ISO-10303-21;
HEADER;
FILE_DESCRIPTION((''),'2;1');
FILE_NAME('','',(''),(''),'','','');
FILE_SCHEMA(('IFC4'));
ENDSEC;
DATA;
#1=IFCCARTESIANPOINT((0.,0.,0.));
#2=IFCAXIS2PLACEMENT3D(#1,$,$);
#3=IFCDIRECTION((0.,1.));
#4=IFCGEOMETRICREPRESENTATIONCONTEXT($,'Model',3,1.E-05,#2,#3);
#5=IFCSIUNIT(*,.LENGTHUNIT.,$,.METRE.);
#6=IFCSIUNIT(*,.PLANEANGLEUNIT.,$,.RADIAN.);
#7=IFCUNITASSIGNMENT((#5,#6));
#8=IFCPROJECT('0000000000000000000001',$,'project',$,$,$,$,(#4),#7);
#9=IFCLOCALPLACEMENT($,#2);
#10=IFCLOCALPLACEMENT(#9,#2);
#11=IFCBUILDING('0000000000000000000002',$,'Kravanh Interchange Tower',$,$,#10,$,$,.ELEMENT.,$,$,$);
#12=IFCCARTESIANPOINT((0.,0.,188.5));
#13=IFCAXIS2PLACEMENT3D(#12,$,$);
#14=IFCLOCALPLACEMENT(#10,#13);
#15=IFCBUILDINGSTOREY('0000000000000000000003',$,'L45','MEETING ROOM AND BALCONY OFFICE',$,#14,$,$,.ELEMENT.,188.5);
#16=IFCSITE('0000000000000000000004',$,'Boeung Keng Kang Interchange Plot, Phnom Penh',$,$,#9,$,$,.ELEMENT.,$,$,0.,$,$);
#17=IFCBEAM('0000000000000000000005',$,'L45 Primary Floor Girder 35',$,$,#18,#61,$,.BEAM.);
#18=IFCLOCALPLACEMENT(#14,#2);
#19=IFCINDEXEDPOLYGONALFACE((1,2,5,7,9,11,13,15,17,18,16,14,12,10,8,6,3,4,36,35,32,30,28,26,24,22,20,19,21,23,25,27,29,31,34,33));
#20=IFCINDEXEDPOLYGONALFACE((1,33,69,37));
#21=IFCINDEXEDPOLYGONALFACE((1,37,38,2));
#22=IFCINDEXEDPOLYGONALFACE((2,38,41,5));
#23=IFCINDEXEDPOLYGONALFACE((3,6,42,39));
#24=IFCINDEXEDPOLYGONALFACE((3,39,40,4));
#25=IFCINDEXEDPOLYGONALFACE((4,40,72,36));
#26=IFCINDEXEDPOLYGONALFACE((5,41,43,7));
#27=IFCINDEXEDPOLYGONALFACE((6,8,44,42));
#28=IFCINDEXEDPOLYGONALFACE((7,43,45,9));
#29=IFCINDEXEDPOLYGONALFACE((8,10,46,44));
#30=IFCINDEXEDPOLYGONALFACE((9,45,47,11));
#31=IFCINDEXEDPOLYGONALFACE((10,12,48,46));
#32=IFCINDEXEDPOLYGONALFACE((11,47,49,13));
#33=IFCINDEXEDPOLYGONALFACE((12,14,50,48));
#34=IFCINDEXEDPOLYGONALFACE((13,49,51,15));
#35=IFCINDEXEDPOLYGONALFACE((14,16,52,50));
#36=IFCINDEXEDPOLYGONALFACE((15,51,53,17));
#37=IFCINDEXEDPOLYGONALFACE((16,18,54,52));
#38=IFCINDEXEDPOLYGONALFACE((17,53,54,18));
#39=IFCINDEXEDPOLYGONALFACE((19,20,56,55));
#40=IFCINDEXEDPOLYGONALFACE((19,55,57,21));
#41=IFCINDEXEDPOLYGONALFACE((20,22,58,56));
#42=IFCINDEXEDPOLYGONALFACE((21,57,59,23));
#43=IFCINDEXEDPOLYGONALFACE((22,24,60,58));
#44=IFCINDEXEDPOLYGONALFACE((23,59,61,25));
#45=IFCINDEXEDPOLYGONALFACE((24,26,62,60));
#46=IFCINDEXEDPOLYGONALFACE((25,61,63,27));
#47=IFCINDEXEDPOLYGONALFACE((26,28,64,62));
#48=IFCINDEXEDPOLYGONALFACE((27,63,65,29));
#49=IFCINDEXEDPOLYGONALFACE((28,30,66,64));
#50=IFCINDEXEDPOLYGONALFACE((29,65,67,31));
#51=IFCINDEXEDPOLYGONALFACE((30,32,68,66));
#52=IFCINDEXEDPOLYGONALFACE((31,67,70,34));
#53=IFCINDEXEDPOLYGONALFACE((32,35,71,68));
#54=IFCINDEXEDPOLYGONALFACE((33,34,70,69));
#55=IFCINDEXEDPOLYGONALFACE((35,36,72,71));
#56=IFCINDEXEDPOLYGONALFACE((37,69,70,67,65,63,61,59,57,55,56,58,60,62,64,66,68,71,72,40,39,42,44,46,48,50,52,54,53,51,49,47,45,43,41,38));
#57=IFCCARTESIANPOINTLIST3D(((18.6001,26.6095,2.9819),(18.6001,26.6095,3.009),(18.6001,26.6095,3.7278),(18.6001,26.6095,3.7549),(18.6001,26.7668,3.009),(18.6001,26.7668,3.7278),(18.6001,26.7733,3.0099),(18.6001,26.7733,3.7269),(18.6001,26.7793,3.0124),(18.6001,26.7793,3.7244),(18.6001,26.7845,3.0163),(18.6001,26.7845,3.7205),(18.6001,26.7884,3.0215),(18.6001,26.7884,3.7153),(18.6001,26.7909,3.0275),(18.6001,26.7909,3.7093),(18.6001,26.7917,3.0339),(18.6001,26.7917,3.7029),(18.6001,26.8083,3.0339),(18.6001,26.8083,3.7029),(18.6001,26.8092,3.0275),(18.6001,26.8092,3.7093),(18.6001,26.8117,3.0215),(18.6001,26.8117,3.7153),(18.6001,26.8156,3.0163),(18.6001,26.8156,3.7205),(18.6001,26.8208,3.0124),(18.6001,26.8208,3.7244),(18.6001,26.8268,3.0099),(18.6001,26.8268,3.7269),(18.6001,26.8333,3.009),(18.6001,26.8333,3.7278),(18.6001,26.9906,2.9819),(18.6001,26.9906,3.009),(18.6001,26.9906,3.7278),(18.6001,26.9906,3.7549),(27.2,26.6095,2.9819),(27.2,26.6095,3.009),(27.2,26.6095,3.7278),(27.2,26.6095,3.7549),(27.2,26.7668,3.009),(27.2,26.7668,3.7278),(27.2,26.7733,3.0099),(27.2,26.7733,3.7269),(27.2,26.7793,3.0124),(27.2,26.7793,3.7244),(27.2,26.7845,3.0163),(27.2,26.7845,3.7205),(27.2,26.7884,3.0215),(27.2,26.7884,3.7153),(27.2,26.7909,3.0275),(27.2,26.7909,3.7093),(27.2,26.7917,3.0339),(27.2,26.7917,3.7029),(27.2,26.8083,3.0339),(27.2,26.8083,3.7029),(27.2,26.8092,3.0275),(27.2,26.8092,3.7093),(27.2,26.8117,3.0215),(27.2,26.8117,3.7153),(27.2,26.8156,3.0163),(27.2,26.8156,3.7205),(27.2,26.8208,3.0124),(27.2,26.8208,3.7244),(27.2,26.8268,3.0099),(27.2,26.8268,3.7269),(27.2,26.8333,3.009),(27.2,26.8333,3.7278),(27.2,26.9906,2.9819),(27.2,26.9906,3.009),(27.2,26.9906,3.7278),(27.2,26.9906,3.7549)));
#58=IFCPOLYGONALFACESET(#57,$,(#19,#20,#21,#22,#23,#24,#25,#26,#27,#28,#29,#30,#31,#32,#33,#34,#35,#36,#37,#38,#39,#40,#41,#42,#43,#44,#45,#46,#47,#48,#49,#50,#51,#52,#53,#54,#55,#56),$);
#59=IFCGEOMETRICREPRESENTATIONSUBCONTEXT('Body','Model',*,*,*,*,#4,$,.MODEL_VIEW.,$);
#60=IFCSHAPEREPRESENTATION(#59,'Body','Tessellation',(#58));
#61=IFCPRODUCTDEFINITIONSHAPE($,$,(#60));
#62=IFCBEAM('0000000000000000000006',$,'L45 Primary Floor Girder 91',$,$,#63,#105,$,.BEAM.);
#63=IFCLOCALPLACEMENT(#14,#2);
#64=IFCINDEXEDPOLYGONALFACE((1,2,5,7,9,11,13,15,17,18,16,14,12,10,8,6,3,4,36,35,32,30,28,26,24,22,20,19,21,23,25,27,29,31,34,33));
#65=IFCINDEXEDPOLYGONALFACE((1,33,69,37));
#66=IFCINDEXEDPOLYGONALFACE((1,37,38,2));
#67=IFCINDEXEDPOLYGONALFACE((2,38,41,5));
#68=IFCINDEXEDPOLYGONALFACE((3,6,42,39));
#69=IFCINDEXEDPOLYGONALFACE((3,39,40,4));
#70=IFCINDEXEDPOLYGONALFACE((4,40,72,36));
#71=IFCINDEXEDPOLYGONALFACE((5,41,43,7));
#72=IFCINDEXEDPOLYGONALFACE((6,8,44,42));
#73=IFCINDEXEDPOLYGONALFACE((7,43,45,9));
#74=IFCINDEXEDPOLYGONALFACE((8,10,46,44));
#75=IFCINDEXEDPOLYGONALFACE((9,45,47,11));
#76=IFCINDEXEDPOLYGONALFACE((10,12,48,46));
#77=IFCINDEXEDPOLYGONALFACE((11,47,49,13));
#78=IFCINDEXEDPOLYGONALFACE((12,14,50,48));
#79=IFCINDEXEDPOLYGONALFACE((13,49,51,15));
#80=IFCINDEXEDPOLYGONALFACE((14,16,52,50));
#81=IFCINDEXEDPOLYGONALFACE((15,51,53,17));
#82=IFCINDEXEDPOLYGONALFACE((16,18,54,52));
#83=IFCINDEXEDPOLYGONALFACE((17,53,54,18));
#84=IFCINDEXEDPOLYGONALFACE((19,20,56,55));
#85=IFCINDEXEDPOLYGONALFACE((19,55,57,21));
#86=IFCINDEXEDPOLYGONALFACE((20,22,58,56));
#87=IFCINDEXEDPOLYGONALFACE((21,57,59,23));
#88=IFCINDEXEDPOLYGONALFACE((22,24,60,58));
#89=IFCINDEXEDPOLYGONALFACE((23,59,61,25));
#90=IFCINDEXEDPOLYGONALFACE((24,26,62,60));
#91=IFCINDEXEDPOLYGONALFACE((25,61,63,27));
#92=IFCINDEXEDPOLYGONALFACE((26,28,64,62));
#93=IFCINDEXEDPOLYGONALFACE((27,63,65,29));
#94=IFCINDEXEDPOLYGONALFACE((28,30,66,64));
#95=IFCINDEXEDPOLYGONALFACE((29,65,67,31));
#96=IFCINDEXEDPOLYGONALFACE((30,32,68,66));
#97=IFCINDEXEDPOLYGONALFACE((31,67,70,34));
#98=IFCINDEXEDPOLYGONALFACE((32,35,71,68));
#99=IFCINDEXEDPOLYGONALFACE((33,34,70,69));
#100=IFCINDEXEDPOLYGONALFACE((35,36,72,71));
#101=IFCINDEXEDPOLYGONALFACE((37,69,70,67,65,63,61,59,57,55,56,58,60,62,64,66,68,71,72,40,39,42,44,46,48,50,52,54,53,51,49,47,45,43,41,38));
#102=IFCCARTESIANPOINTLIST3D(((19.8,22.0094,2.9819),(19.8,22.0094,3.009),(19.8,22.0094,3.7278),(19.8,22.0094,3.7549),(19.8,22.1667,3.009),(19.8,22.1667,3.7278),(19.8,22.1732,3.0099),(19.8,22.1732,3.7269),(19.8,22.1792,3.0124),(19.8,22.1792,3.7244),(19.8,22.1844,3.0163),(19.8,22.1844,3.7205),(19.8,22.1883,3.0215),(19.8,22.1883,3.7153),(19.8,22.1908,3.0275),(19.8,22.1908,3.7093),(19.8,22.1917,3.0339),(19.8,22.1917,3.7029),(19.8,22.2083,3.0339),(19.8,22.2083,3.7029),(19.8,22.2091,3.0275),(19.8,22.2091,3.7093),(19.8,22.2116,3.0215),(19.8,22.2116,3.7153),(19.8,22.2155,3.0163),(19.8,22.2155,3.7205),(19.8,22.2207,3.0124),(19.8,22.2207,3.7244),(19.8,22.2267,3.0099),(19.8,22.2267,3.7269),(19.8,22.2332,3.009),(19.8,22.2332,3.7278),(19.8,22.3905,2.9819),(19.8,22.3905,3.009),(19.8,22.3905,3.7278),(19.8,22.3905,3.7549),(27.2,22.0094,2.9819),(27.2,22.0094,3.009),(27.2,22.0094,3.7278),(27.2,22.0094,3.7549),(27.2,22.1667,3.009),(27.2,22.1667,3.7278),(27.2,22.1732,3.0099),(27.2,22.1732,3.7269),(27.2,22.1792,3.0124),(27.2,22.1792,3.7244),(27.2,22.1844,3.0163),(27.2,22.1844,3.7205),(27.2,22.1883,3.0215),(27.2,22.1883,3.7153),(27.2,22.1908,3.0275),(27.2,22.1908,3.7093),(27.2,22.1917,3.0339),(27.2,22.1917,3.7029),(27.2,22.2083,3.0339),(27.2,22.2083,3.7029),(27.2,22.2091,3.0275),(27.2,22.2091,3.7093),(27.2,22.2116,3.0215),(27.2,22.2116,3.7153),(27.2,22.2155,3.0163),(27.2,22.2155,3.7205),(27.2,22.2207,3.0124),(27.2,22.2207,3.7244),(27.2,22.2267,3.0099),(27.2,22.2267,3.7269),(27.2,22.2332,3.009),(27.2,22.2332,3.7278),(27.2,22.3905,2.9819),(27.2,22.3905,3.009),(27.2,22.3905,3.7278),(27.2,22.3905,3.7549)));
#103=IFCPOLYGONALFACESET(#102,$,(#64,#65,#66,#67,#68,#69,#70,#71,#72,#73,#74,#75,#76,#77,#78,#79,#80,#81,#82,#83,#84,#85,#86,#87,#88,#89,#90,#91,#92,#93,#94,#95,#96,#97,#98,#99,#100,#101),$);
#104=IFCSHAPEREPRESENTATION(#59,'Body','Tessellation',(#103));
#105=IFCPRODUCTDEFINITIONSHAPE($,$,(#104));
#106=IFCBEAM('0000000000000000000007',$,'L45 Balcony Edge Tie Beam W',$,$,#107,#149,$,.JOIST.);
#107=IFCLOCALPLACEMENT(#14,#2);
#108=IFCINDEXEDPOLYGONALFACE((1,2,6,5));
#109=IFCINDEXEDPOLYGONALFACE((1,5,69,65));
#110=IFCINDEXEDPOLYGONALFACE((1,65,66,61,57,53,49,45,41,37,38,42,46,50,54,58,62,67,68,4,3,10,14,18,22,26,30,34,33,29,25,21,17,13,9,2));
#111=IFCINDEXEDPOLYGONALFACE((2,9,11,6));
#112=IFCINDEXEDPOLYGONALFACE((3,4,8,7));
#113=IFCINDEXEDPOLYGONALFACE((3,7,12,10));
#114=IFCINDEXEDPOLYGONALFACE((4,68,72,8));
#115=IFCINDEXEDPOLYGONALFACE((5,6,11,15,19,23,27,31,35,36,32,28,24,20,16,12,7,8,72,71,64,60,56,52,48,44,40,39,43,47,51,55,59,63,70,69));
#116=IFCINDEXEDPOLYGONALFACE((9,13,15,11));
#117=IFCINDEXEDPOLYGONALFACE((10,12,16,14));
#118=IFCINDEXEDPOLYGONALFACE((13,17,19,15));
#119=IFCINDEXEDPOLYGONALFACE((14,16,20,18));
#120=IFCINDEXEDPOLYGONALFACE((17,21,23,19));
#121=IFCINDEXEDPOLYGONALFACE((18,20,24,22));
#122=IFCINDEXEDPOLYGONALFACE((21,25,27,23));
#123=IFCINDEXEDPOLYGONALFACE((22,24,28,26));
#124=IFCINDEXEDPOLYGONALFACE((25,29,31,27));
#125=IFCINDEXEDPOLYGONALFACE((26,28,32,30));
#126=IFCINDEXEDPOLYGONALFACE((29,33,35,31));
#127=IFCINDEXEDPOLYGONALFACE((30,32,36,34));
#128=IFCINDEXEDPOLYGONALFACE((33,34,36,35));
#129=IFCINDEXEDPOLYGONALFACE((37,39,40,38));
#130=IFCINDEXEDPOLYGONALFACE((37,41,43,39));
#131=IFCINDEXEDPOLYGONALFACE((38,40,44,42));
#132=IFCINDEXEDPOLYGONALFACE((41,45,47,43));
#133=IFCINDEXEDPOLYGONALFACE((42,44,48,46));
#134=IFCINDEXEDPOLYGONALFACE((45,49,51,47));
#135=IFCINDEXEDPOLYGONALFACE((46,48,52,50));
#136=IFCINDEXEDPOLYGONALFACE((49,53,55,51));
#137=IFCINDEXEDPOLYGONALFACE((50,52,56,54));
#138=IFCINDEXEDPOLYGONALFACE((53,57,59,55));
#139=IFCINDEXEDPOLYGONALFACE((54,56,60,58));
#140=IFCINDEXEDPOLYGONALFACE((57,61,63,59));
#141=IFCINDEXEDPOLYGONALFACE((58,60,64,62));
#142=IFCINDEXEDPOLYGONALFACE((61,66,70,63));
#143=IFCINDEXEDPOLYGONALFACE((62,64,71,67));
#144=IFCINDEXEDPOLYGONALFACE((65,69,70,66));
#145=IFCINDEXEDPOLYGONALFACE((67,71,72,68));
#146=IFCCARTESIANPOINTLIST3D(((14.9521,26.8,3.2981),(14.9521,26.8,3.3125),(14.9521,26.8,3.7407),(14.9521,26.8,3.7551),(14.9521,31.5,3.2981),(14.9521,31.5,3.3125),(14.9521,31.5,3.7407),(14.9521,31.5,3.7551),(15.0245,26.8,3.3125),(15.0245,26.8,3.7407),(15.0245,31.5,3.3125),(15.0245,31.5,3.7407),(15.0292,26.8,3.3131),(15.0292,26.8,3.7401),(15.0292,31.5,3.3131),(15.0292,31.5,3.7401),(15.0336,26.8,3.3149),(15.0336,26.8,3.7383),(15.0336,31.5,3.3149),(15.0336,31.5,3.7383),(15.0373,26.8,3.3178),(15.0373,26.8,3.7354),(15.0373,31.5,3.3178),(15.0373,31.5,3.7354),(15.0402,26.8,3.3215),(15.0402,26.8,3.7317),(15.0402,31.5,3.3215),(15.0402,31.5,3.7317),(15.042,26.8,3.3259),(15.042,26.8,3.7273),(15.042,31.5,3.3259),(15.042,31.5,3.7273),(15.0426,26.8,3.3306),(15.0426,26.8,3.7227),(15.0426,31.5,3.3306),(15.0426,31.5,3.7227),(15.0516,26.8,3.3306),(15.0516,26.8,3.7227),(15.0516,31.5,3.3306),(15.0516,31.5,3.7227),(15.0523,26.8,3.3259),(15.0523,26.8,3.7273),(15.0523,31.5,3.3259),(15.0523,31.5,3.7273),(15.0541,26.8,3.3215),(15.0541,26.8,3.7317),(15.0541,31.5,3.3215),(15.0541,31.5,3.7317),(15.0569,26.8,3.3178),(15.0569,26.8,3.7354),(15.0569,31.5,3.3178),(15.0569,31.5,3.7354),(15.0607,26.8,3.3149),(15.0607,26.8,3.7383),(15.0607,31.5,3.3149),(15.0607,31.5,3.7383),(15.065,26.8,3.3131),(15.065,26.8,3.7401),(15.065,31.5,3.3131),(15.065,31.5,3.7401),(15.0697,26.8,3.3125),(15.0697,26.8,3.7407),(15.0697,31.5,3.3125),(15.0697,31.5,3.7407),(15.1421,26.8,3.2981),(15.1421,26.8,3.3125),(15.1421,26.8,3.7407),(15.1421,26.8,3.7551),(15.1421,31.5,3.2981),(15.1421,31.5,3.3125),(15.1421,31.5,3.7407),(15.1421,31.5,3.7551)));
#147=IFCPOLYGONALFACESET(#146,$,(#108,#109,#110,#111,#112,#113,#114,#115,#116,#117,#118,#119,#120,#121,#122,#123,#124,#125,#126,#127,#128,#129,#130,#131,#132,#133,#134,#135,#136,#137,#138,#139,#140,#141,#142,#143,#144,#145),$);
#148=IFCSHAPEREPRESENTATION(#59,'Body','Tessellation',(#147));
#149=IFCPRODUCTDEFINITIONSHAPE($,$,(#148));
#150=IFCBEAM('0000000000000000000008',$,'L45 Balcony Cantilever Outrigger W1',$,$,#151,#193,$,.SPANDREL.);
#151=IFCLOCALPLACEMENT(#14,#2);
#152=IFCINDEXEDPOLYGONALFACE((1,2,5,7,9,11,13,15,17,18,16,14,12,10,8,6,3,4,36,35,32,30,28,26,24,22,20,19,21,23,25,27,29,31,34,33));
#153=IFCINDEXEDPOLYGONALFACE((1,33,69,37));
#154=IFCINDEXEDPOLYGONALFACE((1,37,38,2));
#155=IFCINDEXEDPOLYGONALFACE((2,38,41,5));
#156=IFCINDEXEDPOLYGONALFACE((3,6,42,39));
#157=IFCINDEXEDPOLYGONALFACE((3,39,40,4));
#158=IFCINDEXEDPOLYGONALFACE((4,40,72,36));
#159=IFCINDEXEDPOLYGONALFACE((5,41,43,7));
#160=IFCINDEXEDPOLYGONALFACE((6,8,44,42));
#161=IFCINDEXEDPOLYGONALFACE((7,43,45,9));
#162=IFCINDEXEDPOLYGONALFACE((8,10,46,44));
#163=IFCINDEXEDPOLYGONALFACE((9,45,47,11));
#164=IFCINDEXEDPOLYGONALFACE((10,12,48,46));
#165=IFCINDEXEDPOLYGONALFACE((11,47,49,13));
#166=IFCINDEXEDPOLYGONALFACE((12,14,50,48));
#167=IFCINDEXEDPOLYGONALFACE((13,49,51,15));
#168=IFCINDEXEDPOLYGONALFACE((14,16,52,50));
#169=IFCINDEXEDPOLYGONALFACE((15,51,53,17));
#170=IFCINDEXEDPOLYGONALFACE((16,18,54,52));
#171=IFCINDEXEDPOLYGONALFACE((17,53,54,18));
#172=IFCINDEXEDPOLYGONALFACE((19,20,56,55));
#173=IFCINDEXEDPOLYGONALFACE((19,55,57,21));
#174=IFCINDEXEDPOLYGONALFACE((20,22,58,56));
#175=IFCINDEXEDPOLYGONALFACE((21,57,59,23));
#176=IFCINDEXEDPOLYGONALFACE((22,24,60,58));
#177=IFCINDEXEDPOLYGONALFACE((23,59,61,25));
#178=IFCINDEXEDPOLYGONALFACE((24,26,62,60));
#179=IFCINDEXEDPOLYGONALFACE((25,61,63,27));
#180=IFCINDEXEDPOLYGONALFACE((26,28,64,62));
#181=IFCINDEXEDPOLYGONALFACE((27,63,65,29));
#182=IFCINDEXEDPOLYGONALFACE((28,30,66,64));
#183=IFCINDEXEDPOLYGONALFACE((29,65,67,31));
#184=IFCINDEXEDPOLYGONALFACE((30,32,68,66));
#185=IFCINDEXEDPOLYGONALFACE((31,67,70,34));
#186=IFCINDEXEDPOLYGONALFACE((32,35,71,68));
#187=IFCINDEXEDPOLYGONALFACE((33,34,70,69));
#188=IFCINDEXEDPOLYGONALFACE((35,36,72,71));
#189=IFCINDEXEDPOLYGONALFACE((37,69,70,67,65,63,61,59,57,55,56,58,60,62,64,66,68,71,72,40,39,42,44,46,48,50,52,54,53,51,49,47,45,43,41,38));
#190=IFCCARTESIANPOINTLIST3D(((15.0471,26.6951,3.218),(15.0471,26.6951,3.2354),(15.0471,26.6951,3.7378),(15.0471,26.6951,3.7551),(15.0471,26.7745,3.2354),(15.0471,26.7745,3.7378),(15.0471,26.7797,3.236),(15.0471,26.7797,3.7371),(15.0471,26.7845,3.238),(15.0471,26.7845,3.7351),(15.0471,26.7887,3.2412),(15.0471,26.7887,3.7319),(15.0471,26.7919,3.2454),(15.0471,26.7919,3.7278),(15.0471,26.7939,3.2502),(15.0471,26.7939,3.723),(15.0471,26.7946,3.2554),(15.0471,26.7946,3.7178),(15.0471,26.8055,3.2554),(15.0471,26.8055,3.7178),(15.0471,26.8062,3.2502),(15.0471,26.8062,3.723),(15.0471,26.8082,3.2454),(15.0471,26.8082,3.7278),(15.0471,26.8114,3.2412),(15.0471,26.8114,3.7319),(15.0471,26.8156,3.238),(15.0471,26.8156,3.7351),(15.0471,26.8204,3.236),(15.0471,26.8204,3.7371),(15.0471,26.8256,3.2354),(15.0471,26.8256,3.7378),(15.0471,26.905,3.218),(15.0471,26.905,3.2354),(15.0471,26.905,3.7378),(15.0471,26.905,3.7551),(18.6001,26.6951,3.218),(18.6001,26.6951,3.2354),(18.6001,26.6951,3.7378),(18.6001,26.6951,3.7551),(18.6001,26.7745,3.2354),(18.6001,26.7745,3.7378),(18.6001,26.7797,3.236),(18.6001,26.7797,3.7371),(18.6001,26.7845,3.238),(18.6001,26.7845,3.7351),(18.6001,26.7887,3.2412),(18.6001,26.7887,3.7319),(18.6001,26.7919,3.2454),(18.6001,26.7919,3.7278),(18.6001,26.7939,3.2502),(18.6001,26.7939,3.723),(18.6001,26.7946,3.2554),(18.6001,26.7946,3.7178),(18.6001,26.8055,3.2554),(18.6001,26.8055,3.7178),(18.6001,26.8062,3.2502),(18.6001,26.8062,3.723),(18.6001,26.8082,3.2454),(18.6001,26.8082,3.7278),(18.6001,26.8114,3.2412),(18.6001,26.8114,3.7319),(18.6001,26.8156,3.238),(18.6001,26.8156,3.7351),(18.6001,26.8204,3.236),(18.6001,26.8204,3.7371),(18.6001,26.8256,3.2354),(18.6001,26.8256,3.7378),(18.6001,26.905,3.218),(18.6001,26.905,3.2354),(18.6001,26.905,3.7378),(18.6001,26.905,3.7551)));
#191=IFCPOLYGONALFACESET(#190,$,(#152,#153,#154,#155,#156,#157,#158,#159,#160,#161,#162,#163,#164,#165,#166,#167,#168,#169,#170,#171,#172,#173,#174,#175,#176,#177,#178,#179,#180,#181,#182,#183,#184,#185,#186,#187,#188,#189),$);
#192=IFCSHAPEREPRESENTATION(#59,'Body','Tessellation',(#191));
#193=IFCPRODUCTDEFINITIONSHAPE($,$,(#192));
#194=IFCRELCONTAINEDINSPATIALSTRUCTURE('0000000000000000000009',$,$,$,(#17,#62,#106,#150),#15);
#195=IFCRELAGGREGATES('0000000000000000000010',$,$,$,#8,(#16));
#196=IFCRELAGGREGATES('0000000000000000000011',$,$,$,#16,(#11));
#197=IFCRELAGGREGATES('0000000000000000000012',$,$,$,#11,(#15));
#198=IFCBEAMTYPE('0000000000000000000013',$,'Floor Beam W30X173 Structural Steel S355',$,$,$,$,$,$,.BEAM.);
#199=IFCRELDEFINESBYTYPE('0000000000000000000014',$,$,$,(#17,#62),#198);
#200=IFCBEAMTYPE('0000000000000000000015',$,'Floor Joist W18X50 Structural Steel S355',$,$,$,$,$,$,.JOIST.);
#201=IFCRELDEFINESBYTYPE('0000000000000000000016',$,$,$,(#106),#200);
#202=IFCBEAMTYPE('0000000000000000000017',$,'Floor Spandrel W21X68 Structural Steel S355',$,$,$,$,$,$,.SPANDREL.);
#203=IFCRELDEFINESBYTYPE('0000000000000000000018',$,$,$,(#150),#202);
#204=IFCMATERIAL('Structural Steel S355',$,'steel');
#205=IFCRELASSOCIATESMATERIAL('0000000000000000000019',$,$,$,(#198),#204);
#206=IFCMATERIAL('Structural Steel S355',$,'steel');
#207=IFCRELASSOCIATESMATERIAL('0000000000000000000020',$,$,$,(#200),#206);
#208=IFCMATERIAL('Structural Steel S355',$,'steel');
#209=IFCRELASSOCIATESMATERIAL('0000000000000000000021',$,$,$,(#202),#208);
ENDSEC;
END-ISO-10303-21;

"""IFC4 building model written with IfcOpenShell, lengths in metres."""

from ifc_helpers import new_model, si_unit, direction, frame, origin, origin_2d, place, context, subcontext, project, spatial, i_section, extrude, material, material_profile, profile_set, type_object, element, save


model = new_model("IFC4")

# Units and contexts
model_context = context("Model", 3, precision=1e-05, world=origin(), true_north=direction((0.0, 1.0)))
body_context = subcontext(model_context, "Body", "Model", "MODEL_VIEW")
ifc_project = project(units=[si_unit("LENGTHUNIT", "METRE"), si_unit("PLANEANGLEUNIT", "RADIAN")], contexts=[model_context])

# Site, building, storey
site_placement = place(None, origin())
site = spatial("IfcSite", under=ifc_project, at=site_placement, Name="Boeung Keng Kang Interchange Plot, Phnom Penh", CompositionType="ELEMENT", RefElevation=0.0)
building_placement = place(site_placement, origin())
building = spatial("IfcBuilding", under=site, at=building_placement, Name="Kravanh Interchange Tower", CompositionType="ELEMENT")
storey_placement = place(building_placement, frame((0.0, 0.0, 188.5)))
storey = spatial("IfcBuildingStorey", under=building, at=storey_placement, Name="L45", Description="MEETING ROOM AND BALCONY OFFICE", CompositionType="ELEMENT", Elevation=188.5)

# Beams
ifc_material_1 = material(Name="Structural Steel S355", Category="steel")
ifc_material_profile_1 = material_profile(ifc_material_1, i_section(OverallWidth=0.3811, OverallDepth=0.7729, WebThickness=0.0166, FlangeThickness=0.0271, FilletRadius=0.0249, at=origin_2d()), Name="W30X173")
ifc_profile_set_1 = profile_set([ifc_material_profile_1], Name="Structural Steel S355")
beam_type_1 = type_object("IfcBeamType", Name="Floor Beam W30X173 Structural Steel S355", PredefinedType="BEAM", material=ifc_profile_set_1)
beam_1_placement = place(storey_placement, frame((18.6001, 26.8, 3.3684), z_axis=(1.0, 0.0, 0.0), x_axis=(0.0, 1.0, 0.0)))
element("IfcBeam", 1, at=beam_1_placement, inside=storey, type_object=beam_type_1, Name="L45 Primary Floor Girder 35", PredefinedType="BEAM", context=body_context, shape_type="SweptSolid", body=[
    extrude(i_section(OverallWidth=0.3811, OverallDepth=0.7729, WebThickness=0.0166, FlangeThickness=0.0271, FilletRadius=0.0249, at=origin_2d()), origin(), (0.0, 0.0, 1.0), 8.5999),
])
beam_2_placement = place(storey_placement, frame((19.8, 22.2, 3.3684), z_axis=(1.0, 0.0, 0.0), x_axis=(0.0, 1.0, 0.0)))
element("IfcBeam", 2, at=beam_2_placement, inside=storey, type_object=beam_type_1, Name="L45 Primary Floor Girder 91", PredefinedType="BEAM", context=body_context, shape_type="SweptSolid", body=[
    extrude(i_section(OverallWidth=0.3811, OverallDepth=0.7729, WebThickness=0.0166, FlangeThickness=0.0271, FilletRadius=0.0249, at=origin_2d()), origin(), (0.0, 0.0, 1.0), 7.3999),
])
ifc_material_2 = material(Name="Structural Steel S355", Category="steel")
ifc_material_profile_2 = material_profile(ifc_material_2, i_section(OverallWidth=0.1899, OverallDepth=0.457, WebThickness=0.009, FlangeThickness=0.0144, FilletRadius=0.0181, at=origin_2d()), Name="W18X50")
ifc_profile_set_2 = profile_set([ifc_material_profile_2], Name="Structural Steel S355")
beam_type_2 = type_object("IfcBeamType", Name="Floor Joist W18X50 Structural Steel S355", PredefinedType="JOIST", material=ifc_profile_set_2)
beam_3_placement = place(storey_placement, frame((15.0471, 26.8, 3.5266), z_axis=(0.0, 1.0, 0.0), x_axis=(-1.0, 0.0, 0.0)))
element("IfcBeam", 3, at=beam_3_placement, inside=storey, type_object=beam_type_2, Name="L45 Balcony Edge Tie Beam W", PredefinedType="JOIST", context=body_context, shape_type="SweptSolid", body=[
    extrude(i_section(OverallWidth=0.1899, OverallDepth=0.457, WebThickness=0.009, FlangeThickness=0.0144, FilletRadius=0.0181, at=origin_2d()), origin(), (0.0, 0.0, 1.0), 4.7),
])
ifc_material_3 = material(Name="Structural Steel S355", Category="steel")
ifc_material_profile_3 = material_profile(ifc_material_3, i_section(OverallWidth=0.21, OverallDepth=0.5371, WebThickness=0.011, FlangeThickness=0.0173, FilletRadius=0.02, at=origin_2d()), Name="W21X68")
ifc_profile_set_3 = profile_set([ifc_material_profile_3], Name="Structural Steel S355")
beam_type_3 = type_object("IfcBeamType", Name="Floor Spandrel W21X68 Structural Steel S355", PredefinedType="SPANDREL", material=ifc_profile_set_3)
beam_4_placement = place(storey_placement, frame((18.6001, 26.8, 3.4866), z_axis=(-1.0, 0.0, 0.0), x_axis=(0.0, -1.0, 0.0)))
element("IfcBeam", 4, at=beam_4_placement, inside=storey, type_object=beam_type_3, Name="L45 Balcony Cantilever Outrigger W1", PredefinedType="SPANDREL", context=body_context, shape_type="SweptSolid", body=[
    extrude(i_section(OverallWidth=0.21, OverallDepth=0.5371, WebThickness=0.011, FlangeThickness=0.0173, FilletRadius=0.02, at=origin_2d()), origin(), (0.0, 0.0, 1.0), 3.553),
])

save(model, "model.ifc")
